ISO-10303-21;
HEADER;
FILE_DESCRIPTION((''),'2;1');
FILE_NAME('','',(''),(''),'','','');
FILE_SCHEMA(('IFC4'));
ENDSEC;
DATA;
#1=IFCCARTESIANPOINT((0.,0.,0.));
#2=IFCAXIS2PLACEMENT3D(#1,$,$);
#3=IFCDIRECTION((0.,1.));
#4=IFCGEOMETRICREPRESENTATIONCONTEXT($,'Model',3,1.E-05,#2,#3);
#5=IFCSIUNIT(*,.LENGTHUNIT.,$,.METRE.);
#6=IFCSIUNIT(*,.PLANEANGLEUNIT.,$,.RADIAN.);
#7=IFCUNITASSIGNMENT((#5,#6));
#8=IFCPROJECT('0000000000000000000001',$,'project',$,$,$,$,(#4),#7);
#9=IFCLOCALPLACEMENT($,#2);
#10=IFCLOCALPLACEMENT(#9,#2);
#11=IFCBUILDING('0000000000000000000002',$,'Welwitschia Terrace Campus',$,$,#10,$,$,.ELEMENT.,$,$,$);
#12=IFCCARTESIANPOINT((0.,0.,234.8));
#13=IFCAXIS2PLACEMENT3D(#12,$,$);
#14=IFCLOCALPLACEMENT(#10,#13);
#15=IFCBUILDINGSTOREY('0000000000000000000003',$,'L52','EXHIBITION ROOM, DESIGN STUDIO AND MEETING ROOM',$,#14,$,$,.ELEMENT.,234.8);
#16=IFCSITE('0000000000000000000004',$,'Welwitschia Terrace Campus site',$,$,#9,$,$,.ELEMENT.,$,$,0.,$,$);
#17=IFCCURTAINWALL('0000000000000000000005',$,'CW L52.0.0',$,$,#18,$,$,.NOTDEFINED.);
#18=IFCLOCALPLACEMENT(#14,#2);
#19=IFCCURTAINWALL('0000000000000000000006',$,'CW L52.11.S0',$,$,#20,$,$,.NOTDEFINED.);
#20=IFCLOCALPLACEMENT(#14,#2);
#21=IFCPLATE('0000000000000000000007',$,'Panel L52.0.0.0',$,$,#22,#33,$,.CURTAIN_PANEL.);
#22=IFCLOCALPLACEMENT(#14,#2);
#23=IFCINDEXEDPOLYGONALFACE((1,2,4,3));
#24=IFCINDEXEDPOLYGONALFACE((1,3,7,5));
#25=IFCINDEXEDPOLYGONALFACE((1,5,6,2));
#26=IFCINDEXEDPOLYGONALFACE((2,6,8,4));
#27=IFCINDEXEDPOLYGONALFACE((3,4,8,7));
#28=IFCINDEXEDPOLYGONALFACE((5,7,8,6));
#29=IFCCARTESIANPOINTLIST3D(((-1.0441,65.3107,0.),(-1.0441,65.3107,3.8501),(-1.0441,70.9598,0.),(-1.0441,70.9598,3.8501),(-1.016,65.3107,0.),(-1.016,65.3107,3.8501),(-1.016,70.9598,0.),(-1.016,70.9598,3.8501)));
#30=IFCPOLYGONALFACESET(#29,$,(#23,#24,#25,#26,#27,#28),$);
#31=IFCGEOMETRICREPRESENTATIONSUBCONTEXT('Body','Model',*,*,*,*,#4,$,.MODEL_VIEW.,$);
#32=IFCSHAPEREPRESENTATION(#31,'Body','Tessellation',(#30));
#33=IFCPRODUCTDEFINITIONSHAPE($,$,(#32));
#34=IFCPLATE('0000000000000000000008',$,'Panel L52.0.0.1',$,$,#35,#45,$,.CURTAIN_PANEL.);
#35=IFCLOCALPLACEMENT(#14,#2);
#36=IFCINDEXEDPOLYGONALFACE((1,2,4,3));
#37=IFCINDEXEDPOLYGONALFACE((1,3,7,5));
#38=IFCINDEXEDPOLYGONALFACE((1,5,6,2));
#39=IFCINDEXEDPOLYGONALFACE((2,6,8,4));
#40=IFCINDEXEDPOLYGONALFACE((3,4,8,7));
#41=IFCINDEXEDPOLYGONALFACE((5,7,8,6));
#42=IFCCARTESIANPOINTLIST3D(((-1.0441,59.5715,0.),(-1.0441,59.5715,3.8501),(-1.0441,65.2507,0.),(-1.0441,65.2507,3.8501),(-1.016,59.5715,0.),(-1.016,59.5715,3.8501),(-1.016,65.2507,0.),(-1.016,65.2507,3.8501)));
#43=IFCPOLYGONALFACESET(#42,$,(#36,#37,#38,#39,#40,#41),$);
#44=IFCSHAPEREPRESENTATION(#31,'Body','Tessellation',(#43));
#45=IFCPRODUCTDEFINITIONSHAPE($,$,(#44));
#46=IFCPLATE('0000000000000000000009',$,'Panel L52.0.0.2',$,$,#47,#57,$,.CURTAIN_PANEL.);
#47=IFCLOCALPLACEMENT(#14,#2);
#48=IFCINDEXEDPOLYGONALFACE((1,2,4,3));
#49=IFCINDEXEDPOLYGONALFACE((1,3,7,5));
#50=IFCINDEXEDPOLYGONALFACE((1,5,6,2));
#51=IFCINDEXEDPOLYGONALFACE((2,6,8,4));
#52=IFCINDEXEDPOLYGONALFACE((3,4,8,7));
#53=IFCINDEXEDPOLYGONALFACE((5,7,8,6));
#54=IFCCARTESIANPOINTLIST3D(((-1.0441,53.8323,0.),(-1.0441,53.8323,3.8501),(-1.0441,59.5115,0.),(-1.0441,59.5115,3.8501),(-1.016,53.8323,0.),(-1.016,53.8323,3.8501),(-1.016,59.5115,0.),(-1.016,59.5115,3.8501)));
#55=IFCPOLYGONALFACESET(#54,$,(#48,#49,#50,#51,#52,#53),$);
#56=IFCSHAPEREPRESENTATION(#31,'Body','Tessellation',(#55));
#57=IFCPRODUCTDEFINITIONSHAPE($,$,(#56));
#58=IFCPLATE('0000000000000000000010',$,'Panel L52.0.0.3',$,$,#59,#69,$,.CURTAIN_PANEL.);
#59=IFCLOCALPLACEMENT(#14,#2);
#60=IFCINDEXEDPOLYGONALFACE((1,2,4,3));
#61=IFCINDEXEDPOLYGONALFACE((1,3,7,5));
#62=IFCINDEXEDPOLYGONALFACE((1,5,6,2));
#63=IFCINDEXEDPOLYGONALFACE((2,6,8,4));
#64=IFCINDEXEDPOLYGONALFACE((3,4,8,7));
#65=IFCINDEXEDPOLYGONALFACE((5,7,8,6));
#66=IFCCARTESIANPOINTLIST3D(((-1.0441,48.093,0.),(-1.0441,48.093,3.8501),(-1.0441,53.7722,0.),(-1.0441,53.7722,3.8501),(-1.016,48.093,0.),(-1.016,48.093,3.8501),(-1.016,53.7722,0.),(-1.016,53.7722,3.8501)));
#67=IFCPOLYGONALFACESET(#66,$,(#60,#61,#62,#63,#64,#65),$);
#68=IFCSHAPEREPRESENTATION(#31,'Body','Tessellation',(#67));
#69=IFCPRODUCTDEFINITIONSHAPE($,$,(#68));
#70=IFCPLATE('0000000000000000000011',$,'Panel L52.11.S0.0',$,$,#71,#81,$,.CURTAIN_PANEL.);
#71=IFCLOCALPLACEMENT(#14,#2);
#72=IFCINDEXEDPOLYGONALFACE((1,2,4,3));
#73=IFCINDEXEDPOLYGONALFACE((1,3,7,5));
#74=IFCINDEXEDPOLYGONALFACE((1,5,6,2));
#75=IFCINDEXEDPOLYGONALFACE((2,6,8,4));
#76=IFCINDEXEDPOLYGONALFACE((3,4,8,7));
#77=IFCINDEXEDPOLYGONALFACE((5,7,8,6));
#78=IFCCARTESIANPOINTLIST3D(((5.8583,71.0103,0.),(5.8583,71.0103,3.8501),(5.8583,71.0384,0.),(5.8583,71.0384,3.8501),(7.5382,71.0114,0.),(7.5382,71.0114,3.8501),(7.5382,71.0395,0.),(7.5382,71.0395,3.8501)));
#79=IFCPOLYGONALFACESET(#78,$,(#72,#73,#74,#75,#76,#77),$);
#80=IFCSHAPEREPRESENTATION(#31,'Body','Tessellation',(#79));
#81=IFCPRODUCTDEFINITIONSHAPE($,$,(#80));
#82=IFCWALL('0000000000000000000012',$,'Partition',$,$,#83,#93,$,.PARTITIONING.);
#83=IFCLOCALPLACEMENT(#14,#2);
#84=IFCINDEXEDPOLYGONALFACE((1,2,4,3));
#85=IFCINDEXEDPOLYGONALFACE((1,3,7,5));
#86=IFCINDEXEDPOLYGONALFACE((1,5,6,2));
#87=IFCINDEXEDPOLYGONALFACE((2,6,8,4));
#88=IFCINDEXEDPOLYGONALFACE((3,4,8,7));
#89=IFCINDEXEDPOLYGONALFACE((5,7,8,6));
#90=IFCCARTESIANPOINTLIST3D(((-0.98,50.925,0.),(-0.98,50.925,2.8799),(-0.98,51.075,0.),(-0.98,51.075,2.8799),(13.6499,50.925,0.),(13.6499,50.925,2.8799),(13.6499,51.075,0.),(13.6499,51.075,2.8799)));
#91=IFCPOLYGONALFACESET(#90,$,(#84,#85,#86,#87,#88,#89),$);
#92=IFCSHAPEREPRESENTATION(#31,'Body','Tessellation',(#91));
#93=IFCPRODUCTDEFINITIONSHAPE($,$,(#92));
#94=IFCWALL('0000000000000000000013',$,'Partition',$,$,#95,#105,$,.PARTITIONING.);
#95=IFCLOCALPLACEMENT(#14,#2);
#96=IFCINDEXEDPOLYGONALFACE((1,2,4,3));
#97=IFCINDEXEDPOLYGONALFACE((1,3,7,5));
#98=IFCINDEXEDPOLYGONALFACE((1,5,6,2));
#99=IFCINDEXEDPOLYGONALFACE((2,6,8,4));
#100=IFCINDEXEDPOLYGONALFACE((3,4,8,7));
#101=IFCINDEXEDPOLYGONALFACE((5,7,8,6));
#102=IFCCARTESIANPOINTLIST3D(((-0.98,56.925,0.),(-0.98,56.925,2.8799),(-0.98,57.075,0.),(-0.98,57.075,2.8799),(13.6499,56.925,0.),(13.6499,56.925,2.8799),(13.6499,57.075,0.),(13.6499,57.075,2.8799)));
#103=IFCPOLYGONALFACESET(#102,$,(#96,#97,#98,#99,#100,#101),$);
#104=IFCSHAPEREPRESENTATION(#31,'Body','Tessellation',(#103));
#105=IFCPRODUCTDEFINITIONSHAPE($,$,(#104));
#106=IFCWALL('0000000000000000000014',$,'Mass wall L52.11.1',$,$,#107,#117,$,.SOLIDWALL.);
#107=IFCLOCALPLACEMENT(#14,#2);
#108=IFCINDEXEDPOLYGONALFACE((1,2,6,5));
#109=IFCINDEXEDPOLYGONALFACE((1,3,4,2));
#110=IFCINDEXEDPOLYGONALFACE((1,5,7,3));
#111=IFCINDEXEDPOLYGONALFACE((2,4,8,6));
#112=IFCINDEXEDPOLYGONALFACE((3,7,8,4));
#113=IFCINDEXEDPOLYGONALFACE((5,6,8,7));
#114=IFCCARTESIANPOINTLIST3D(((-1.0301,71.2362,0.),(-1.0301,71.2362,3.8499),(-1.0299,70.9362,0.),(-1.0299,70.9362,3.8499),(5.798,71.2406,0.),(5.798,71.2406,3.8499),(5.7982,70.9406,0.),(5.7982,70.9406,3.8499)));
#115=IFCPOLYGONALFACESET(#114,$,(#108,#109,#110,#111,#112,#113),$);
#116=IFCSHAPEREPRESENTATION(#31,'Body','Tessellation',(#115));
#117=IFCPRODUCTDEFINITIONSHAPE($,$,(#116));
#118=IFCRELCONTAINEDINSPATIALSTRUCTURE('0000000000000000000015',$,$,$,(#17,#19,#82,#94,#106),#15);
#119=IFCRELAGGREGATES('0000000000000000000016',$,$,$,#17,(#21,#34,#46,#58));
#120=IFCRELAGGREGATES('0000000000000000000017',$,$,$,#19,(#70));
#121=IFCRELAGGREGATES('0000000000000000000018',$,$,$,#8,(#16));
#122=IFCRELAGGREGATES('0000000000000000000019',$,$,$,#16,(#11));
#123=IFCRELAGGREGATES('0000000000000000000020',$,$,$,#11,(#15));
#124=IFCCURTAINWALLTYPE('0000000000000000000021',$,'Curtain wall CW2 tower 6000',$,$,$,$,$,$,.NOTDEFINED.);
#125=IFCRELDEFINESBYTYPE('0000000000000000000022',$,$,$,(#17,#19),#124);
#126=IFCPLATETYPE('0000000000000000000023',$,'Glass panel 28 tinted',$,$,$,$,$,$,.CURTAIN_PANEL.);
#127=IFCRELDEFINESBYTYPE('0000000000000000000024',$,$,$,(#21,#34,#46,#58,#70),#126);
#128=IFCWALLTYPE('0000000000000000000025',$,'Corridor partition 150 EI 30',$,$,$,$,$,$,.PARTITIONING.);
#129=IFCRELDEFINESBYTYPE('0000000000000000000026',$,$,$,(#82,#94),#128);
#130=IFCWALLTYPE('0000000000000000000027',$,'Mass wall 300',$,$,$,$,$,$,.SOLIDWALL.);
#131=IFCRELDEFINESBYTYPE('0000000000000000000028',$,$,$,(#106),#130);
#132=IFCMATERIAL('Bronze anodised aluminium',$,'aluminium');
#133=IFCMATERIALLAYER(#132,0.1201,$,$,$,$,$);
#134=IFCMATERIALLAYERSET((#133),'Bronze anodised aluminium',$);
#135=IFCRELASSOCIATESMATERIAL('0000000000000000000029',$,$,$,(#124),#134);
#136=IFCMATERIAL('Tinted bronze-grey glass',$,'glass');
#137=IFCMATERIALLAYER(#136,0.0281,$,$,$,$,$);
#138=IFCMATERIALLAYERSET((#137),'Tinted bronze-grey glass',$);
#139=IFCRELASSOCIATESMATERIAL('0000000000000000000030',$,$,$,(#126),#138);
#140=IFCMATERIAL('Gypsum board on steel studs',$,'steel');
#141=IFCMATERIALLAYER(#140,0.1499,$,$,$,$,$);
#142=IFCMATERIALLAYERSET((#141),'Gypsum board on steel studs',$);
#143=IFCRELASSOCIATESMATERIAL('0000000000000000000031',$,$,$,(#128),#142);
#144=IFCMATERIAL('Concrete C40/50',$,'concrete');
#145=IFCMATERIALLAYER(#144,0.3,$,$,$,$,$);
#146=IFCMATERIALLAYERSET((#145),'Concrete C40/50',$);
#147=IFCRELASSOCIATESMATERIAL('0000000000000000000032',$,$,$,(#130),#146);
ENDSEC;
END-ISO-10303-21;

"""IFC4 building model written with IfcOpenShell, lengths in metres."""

from ifc_helpers import new_model, si_unit, direction, frame, frame_2d, origin, origin_2d, place, context, subcontext, project, spatial, rectangle, extrude, material, layer, layer_set, type_object, element, aggregate, save


model = new_model("IFC4")

# Units and contexts
model_context = context("Model", 3, precision=1e-05, world=origin(), true_north=direction((0.0, 1.0)))
body_context = subcontext(model_context, "Body", "Model", "MODEL_VIEW")
ifc_project = project(units=[si_unit("LENGTHUNIT", "METRE"), si_unit("PLANEANGLEUNIT", "RADIAN")], contexts=[model_context])

# Site, building, storey
site_placement = place(None, origin())
site = spatial("IfcSite", under=ifc_project, at=site_placement, Name="Welwitschia Terrace Campus site", CompositionType="ELEMENT", RefElevation=0.0)
building_placement = place(site_placement, origin())
building = spatial("IfcBuilding", under=site, at=building_placement, Name="Welwitschia Terrace Campus", CompositionType="ELEMENT")
storey_placement = place(building_placement, frame((0.0, 0.0, 234.8)))
storey = spatial("IfcBuildingStorey", under=building, at=storey_placement, Name="L52", Description="EXHIBITION ROOM, DESIGN STUDIO AND MEETING ROOM", CompositionType="ELEMENT", Elevation=234.8)

# Curtain walls
ifc_material_1 = material(Name="Bronze anodised aluminium", Category="aluminium")
ifc_layer_1 = layer(ifc_material_1, 0.1201)
ifc_layer_set_1 = layer_set([ifc_layer_1], Name="Bronze anodised aluminium")
curtain_wall_type = type_object("IfcCurtainWallType", Name="Curtain wall CW2 tower 6000", PredefinedType="NOTDEFINED", material=ifc_layer_set_1)
curtain_wall_1_placement = place(storey_placement, origin())
curtain_wall_1 = element("IfcCurtainWall", 1, at=curtain_wall_1_placement, inside=storey, type_object=curtain_wall_type, Name="CW L52.0.0", PredefinedType="NOTDEFINED")
curtain_wall_2_placement = place(storey_placement, origin())
curtain_wall_2 = element("IfcCurtainWall", 2, at=curtain_wall_2_placement, inside=storey, type_object=curtain_wall_type, Name="CW L52.11.S0", PredefinedType="NOTDEFINED")

# Plates
ifc_material_2 = material(Name="Tinted bronze-grey glass", Category="glass")
ifc_layer_2 = layer(ifc_material_2, 0.0281)
ifc_layer_set_2 = layer_set([ifc_layer_2], Name="Tinted bronze-grey glass")
plate_type = type_object("IfcPlateType", Name="Glass panel 28 tinted", PredefinedType="CURTAIN_PANEL", material=ifc_layer_set_2)
plate_1_placement = place(storey_placement, frame((-1.03, 68.1353, 0.0), z_axis=(0.0, 0.0, 1.0), x_axis=(0.0, -1.0, 0.0)))
plate_1 = element("IfcPlate", 3, at=plate_1_placement, type_object=plate_type, Name="Panel L52.0.0.0", PredefinedType="CURTAIN_PANEL", context=body_context, shape_type="SweptSolid", body=[
    extrude(rectangle(XDim=5.6492, YDim=0.0281, at=origin_2d()), origin(), (0.0, 0.0, 1.0), 3.8501),
])
plate_2_placement = place(storey_placement, frame((-1.03, 62.4111, 0.0), z_axis=(0.0, 0.0, 1.0), x_axis=(0.0, -1.0, 0.0)))
plate_2 = element("IfcPlate", 4, at=plate_2_placement, type_object=plate_type, Name="Panel L52.0.0.1", PredefinedType="CURTAIN_PANEL", context=body_context, shape_type="SweptSolid", body=[
    extrude(rectangle(XDim=5.6792, YDim=0.0281, at=origin_2d()), origin(), (0.0, 0.0, 1.0), 3.8501),
])
plate_3_placement = place(storey_placement, frame((-1.03, 56.6719, 0.0), z_axis=(0.0, 0.0, 1.0), x_axis=(0.0, -1.0, 0.0)))
plate_3 = element("IfcPlate", 5, at=plate_3_placement, type_object=plate_type, Name="Panel L52.0.0.2", PredefinedType="CURTAIN_PANEL", context=body_context, shape_type="SweptSolid", body=[
    extrude(rectangle(XDim=5.6792, YDim=0.0281, at=origin_2d()), origin(), (0.0, 0.0, 1.0), 3.8501),
])
plate_4_placement = place(storey_placement, frame((-1.03, 50.9326, 0.0), z_axis=(0.0, 0.0, 1.0), x_axis=(0.0, -1.0, 0.0)))
plate_4 = element("IfcPlate", 6, at=plate_4_placement, type_object=plate_type, Name="Panel L52.0.0.3", PredefinedType="CURTAIN_PANEL", context=body_context, shape_type="SweptSolid", body=[
    extrude(rectangle(XDim=5.6792, YDim=0.0281, at=origin_2d()), origin(), (0.0, 0.0, 1.0), 3.8501),
])
aggregate(curtain_wall_1, [plate_1, plate_2, plate_3, plate_4])
plate_5_placement = place(storey_placement, frame((6.6982, 71.0249, 0.0), z_axis=(0.0, 0.0, 1.0), x_axis=(-1.0, -0.000648, 0.0)))
plate_5 = element("IfcPlate", 7, at=plate_5_placement, type_object=plate_type, Name="Panel L52.11.S0.0", PredefinedType="CURTAIN_PANEL", context=body_context, shape_type="SweptSolid", body=[
    extrude(rectangle(XDim=1.6799, YDim=0.0281, at=origin_2d()), origin(), (0.0, 0.0, 1.0), 3.8501),
])
aggregate(curtain_wall_2, [plate_5])

# Walls
ifc_material_3 = material(Name="Gypsum board on steel studs", Category="steel")
ifc_layer_3 = layer(ifc_material_3, 0.1499)
ifc_layer_set_3 = layer_set([ifc_layer_3], Name="Gypsum board on steel studs")
wall_type_1 = type_object("IfcWallType", Name="Corridor partition 150 EI 30", PredefinedType="PARTITIONING", material=ifc_layer_set_3)
for number, where, z_axis, x_axis, name in (
    (8, (-0.98, 51.0, 0.0), (0.0, 0.0, 1.0), (1.0, 0.0, 0.0), "Partition"),
    (9, (-0.98, 57.0, 0.0), (0.0, 0.0, 1.0), (1.0, 0.0, 0.0), "Partition"),
):
    element("IfcWall", number, at=place(storey_placement, frame(where, z_axis=z_axis, x_axis=x_axis)), inside=storey, type_object=wall_type_1, Name=name, PredefinedType="PARTITIONING", context=body_context, shape_type="SweptSolid", body=[
        extrude(rectangle(XDim=14.6299, YDim=0.1499, at=frame_2d((7.3149, 0.0))), origin(), (0.0, 0.0, 1.0), 2.8799),
    ])
ifc_material_4 = material(Name="Concrete C40/50", Category="concrete")
ifc_layer_4 = layer(ifc_material_4, 0.3)
ifc_layer_set_4 = layer_set([ifc_layer_4], Name="Concrete C40/50")
wall_type_2 = type_object("IfcWallType", Name="Mass wall 300", PredefinedType="SOLIDWALL", material=ifc_layer_set_4)
wall_placement = place(storey_placement, frame((5.7981, 71.0906, 0.0), z_axis=(0.0, 0.0, 1.0), x_axis=(-1.0, -0.000644, 0.0)))
element("IfcWall", 10, at=wall_placement, inside=storey, type_object=wall_type_2, Name="Mass wall L52.11.1", PredefinedType="SOLIDWALL", context=body_context, shape_type="SweptSolid", body=[
    extrude(rectangle(XDim=6.8281, YDim=0.3, at=frame_2d((3.4141, 0.0))), origin(), (0.0, 0.0, 1.0), 3.8499),
])

save(model, "model.ifc")
